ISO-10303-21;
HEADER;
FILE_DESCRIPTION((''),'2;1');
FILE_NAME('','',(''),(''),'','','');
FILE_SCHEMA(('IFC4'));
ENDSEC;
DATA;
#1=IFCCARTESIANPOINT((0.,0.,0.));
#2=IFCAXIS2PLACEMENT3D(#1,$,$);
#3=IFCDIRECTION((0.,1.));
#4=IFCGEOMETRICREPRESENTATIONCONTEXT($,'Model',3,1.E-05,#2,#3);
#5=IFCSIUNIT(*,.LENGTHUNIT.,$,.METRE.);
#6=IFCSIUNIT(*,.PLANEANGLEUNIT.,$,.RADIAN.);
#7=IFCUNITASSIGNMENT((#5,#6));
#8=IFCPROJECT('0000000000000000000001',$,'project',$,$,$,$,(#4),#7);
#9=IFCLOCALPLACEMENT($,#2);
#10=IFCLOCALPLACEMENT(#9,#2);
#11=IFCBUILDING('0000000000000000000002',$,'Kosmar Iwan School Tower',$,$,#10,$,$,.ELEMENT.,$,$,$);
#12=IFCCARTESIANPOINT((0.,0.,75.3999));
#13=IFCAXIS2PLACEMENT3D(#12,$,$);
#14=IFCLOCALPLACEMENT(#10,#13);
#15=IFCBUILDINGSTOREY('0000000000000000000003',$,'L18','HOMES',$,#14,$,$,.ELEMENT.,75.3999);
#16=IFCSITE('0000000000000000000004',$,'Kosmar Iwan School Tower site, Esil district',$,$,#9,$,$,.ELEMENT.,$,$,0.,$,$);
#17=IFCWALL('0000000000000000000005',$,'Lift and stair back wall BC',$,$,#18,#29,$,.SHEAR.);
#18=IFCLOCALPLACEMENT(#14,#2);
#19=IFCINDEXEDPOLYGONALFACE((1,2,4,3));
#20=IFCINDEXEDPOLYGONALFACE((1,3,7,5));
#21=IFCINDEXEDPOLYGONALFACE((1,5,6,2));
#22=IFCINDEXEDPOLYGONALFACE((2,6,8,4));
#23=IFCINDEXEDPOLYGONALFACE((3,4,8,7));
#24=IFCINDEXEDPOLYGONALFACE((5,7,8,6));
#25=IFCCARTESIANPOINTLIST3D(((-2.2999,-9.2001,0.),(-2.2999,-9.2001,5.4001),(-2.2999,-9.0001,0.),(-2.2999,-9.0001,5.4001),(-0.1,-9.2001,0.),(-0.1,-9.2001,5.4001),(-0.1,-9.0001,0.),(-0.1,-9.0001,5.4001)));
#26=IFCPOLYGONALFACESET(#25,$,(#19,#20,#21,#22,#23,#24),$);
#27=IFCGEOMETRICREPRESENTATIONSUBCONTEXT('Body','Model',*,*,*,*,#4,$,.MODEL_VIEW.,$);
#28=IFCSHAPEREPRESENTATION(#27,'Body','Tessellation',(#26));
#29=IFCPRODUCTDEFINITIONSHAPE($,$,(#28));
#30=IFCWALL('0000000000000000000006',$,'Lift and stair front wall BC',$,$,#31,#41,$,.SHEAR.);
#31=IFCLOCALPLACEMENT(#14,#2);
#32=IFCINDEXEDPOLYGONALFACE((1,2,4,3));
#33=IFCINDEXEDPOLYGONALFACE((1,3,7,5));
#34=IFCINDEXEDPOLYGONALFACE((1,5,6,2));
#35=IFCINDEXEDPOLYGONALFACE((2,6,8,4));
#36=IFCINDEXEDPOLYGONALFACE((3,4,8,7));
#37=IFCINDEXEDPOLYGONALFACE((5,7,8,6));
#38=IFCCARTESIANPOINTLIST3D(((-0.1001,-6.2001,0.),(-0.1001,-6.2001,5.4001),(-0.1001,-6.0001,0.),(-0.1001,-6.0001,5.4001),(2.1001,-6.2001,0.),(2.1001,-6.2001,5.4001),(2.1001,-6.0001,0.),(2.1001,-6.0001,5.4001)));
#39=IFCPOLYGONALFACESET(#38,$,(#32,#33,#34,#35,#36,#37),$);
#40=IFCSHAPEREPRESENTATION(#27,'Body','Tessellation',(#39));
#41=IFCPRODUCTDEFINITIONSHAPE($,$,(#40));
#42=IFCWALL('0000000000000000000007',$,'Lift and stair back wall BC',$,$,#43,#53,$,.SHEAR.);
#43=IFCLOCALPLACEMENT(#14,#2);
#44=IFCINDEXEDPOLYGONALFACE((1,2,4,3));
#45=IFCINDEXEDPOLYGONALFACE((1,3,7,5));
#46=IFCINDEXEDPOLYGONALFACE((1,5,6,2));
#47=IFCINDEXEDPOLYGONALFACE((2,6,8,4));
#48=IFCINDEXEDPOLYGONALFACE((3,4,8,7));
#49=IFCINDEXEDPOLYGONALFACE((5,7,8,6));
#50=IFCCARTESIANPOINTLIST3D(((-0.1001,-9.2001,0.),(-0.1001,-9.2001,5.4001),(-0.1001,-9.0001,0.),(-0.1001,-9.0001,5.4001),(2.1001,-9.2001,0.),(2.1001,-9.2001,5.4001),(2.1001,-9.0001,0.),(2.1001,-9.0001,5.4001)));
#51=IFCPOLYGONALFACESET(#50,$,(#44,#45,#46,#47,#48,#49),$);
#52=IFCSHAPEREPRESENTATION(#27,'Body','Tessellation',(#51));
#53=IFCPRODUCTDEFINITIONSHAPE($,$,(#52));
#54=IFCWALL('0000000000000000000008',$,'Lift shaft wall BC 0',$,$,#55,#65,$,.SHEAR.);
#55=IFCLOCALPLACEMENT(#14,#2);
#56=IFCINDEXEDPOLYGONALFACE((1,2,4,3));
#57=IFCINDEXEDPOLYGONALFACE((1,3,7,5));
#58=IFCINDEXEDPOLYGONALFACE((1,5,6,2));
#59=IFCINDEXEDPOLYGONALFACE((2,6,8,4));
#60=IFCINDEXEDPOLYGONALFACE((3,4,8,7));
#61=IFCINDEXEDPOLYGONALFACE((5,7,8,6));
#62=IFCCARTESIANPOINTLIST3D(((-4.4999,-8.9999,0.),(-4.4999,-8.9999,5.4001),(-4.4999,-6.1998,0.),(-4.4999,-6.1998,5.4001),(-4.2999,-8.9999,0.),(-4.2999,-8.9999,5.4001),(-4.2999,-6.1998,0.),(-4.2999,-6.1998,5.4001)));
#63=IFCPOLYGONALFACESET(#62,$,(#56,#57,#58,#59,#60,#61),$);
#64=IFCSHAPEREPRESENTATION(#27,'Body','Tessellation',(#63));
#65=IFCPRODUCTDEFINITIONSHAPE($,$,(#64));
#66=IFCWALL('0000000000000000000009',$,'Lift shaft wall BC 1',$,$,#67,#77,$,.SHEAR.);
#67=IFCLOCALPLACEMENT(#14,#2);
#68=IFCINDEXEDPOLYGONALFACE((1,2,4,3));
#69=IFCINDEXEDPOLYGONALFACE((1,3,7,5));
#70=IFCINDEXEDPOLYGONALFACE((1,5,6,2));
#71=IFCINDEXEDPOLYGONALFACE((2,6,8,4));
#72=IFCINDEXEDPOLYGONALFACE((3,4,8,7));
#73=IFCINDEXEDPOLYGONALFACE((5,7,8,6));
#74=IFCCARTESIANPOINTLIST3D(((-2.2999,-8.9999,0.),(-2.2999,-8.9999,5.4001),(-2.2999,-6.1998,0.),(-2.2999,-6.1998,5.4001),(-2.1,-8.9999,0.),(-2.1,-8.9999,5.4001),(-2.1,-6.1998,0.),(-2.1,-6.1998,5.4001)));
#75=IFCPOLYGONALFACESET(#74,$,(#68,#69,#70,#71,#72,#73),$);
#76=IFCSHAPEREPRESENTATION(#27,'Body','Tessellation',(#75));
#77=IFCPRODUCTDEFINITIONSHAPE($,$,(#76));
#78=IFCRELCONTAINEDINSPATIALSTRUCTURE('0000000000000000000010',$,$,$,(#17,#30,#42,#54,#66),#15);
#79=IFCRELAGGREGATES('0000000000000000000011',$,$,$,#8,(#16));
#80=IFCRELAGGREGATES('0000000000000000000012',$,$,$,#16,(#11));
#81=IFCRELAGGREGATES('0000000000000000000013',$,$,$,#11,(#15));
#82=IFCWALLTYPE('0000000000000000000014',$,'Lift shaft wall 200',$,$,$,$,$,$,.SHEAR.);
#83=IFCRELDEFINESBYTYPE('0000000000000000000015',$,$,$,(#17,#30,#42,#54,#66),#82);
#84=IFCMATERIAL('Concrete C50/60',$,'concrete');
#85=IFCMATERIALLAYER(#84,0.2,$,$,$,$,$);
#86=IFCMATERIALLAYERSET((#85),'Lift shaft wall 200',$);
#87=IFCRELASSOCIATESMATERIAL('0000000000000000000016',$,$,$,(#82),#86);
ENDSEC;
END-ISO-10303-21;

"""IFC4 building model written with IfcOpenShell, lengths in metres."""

from ifc_helpers import new_model, si_unit, direction, frame, frame_2d, origin, place, context, subcontext, project, spatial, rectangle, extrude, material, layer, layer_set, type_object, element, save


model = new_model("IFC4")

# Units and contexts
model_context = context("Model", 3, precision=1e-05, world=origin(), true_north=direction((0.0, 1.0)))
body_context = subcontext(model_context, "Body", "Model", "MODEL_VIEW")
ifc_project = project(units=[si_unit("LENGTHUNIT", "METRE"), si_unit("PLANEANGLEUNIT", "RADIAN")], contexts=[model_context])

# Site, building, storey
site_placement = place(None, origin())
site = spatial("IfcSite", under=ifc_project, at=site_placement, Name="Kosmar Iwan School Tower site, Esil district", CompositionType="ELEMENT", RefElevation=0.0)
building_placement = place(site_placement, origin())
building = spatial("IfcBuilding", under=site, at=building_placement, Name="Kosmar Iwan School Tower", CompositionType="ELEMENT")
storey_placement = place(building_placement, frame((0.0, 0.0, 75.3999)))
storey = spatial("IfcBuildingStorey", under=building, at=storey_placement, Name="L18", Description="HOMES", CompositionType="ELEMENT", Elevation=75.3999)

# Shared definitions
ifc_material_1 = material(Name="Concrete C50/60", Category="concrete")
ifc_layer_1 = layer(ifc_material_1, 0.2)
ifc_layer_set_1 = layer_set([ifc_layer_1], Name="Lift shaft wall 200")
wall_type_1 = type_object("IfcWallType", Name="Lift shaft wall 200", PredefinedType="SHEAR", material=ifc_layer_set_1)

# Walls
wall_1_placement = place(storey_placement, frame((-2.3, -9.1001, 0.0), z_axis=(0.0, 0.0, 1.0), x_axis=(1.0, 0.0, 0.0)))
element("IfcWall", 1, at=wall_1_placement, inside=storey, type_object=wall_type_1, Name="Lift and stair back wall BC", PredefinedType="SHEAR", context=body_context, shape_type="SweptSolid", body=[
    extrude(rectangle(XDim=2.2, YDim=0.2, at=frame_2d((1.1001, 0.0))), origin(), (0.0, 0.0, 1.0), 5.4001),
])
for number, where, z_axis, x_axis, name in (
    (2, (-0.1001, -6.1001, 0.0), (0.0, 0.0, 1.0), (1.0, 0.0, 0.0), "Lift and stair front wall BC"),
    (3, (-0.1001, -9.1001, 0.0), (0.0, 0.0, 1.0), (1.0, 0.0, 0.0), "Lift and stair back wall BC"),
):
    element("IfcWall", number, at=place(storey_placement, frame(where, z_axis=z_axis, x_axis=x_axis)), inside=storey, type_object=wall_type_1, Name=name, PredefinedType="SHEAR", context=body_context, shape_type="SweptSolid", body=[
        extrude(rectangle(XDim=2.2002, YDim=0.2, at=frame_2d((1.1001, 0.0))), origin(), (0.0, 0.0, 1.0), 5.4001),
    ])
for number, where, z_axis, x_axis, name in (
    (4, (-4.3999, -6.2, 0.0), (0.0, 0.0, 1.0), (0.0, -1.0, 0.0), "Lift shaft wall BC 0"),
    (5, (-2.2, -6.2, 0.0), (0.0, 0.0, 1.0), (0.0, -1.0, 0.0), "Lift shaft wall BC 1"),
):
    element("IfcWall", number, at=place(storey_placement, frame(where, z_axis=z_axis, x_axis=x_axis)), inside=storey, type_object=wall_type_1, Name=name, PredefinedType="SHEAR", context=body_context, shape_type="SweptSolid", body=[
        extrude(rectangle(XDim=2.8, YDim=0.2, at=frame_2d((1.3999, 0.0))), origin(), (0.0, 0.0, 1.0), 5.4001),
    ])

save(model, "model.ifc")
